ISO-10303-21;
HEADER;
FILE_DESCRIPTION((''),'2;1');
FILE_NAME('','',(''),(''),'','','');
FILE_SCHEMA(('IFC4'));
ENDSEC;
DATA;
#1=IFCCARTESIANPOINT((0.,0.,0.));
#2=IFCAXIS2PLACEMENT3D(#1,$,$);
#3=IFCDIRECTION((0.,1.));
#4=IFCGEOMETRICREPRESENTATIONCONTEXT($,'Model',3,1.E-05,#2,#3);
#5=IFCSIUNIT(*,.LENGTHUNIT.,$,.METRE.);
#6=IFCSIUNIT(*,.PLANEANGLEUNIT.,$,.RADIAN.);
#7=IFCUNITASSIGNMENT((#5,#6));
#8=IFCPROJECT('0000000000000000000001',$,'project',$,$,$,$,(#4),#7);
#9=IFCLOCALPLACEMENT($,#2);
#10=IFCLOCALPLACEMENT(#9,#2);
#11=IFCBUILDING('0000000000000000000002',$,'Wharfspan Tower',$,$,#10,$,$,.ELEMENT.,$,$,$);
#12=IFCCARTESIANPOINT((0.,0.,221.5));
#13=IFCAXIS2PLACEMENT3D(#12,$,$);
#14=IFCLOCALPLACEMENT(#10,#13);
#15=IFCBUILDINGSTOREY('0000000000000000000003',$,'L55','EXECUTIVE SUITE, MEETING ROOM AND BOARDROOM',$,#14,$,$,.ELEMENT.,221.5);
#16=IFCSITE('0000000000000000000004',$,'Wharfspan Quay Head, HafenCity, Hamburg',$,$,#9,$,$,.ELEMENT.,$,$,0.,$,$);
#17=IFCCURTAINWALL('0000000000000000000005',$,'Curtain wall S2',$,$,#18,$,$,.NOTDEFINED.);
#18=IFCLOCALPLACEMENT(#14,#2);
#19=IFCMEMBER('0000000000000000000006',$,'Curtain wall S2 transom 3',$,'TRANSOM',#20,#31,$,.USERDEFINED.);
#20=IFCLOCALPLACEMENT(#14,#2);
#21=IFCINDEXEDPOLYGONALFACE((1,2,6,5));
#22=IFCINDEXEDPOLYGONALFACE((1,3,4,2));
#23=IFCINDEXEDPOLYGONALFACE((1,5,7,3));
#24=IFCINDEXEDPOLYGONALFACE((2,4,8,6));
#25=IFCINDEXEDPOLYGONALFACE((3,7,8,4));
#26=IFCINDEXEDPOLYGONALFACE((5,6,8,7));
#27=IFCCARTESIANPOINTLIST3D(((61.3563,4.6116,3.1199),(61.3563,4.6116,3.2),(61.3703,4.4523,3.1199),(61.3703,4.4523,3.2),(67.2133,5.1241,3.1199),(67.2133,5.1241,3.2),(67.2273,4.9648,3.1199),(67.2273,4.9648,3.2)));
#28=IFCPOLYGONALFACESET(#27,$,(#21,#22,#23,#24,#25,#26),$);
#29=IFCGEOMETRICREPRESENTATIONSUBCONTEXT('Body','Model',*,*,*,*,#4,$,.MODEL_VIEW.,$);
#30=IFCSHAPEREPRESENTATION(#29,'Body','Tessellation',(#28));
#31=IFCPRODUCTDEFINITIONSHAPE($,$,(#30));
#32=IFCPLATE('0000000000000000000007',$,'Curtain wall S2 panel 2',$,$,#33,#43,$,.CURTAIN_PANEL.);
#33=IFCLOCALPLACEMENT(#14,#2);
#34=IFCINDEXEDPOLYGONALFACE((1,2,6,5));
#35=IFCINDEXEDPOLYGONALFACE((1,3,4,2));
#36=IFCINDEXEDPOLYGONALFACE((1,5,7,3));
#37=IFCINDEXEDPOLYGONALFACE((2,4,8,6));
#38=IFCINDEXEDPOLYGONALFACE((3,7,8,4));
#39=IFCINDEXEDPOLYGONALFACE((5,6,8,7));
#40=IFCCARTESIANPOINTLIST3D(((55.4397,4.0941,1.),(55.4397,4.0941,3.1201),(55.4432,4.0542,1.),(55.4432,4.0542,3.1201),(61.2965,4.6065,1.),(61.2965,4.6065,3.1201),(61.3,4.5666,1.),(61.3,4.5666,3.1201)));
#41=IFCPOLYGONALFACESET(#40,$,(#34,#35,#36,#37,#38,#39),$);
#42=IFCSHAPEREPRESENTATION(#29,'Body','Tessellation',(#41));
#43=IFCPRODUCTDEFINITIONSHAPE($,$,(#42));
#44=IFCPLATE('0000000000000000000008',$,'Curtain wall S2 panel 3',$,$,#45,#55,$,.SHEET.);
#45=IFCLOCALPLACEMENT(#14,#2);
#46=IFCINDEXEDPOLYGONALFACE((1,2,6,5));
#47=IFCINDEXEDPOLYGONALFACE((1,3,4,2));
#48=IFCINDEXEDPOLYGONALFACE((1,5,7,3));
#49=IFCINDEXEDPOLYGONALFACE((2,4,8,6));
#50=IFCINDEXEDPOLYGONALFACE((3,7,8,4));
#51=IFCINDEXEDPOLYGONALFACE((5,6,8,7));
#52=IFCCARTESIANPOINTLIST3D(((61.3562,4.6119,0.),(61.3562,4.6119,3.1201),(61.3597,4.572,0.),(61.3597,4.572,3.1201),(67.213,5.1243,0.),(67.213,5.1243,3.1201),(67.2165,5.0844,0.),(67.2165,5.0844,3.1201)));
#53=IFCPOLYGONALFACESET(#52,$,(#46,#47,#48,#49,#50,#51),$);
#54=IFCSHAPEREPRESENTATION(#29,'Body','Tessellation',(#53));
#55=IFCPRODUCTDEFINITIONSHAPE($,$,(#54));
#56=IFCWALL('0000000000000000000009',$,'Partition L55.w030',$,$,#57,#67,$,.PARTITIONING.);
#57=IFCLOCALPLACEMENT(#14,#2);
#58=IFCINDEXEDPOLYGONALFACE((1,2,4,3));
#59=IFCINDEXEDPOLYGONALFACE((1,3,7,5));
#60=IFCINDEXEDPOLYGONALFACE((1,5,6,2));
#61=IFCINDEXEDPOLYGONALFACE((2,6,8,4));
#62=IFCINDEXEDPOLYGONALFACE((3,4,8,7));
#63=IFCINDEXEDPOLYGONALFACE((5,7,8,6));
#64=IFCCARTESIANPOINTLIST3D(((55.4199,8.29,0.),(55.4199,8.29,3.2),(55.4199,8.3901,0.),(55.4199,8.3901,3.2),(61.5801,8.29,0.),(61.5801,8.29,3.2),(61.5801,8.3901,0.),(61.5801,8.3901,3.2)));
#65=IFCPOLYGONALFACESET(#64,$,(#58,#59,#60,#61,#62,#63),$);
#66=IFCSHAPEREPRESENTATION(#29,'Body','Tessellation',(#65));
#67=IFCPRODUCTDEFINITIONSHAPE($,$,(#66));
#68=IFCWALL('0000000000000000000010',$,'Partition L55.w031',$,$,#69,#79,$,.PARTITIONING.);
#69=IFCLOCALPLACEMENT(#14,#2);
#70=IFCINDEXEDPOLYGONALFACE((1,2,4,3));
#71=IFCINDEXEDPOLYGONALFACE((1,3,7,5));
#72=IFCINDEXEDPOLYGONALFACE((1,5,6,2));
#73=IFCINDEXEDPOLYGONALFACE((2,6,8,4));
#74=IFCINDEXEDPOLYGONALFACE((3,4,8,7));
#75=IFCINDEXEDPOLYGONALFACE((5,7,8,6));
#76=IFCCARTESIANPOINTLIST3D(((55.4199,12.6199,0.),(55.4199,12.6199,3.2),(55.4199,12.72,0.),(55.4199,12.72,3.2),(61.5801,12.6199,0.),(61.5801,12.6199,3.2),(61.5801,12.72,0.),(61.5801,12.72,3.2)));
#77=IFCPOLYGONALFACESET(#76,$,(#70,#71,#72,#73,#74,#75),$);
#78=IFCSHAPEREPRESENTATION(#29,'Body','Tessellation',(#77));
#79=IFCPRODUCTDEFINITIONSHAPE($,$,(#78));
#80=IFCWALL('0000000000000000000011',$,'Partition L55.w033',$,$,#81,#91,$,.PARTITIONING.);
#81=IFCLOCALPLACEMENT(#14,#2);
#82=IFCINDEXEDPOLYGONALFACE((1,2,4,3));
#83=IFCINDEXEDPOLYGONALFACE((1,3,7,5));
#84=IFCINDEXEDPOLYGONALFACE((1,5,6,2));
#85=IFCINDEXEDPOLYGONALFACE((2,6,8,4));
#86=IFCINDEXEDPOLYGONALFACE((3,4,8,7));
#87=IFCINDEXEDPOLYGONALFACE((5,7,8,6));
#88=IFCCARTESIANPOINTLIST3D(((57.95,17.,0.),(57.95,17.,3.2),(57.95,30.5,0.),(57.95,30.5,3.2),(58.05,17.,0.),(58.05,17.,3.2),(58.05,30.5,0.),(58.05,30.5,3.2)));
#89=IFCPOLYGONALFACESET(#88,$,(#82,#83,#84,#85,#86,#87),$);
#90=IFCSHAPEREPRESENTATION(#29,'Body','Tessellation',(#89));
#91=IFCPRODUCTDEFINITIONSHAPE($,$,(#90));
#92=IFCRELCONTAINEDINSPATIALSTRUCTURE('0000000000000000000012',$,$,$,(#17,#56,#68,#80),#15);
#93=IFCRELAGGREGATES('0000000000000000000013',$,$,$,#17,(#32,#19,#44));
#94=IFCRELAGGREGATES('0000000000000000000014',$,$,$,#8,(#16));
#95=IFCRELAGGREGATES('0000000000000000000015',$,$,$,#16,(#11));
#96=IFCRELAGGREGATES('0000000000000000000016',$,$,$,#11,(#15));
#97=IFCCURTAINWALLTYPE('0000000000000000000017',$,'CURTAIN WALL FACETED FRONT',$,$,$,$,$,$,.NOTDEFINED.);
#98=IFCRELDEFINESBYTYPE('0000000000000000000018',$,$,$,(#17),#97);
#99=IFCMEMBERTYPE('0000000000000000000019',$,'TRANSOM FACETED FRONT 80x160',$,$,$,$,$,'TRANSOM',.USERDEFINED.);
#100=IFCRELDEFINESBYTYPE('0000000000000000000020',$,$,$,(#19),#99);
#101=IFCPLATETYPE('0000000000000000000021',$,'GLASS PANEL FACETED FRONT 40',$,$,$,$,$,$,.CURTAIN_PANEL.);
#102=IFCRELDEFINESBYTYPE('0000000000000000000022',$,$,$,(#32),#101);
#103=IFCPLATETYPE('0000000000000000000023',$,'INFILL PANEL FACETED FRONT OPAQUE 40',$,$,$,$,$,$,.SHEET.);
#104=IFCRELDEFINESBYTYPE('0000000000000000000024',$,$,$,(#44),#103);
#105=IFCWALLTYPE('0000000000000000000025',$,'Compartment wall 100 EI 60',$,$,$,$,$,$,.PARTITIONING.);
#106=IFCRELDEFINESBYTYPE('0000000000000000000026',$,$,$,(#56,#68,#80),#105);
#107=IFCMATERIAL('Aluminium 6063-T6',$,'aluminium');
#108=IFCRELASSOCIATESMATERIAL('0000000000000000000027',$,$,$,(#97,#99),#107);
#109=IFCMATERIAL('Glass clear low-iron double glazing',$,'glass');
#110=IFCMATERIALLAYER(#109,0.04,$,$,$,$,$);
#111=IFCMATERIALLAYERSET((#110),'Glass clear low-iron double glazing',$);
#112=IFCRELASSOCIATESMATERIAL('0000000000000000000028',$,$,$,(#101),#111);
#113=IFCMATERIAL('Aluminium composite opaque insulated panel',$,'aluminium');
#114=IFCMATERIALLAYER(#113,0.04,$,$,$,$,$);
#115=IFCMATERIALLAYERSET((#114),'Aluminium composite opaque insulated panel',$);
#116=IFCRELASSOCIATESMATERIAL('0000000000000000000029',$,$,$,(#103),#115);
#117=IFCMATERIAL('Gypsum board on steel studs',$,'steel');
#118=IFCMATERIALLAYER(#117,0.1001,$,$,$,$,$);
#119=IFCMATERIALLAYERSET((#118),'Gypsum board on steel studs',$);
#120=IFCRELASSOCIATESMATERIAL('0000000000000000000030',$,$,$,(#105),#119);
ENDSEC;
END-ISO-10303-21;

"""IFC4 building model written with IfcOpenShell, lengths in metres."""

from ifc_helpers import new_model, si_unit, direction, frame, frame_2d, origin, origin_2d, place, context, subcontext, project, spatial, rectangle, extrude, material, layer, layer_set, material_profile, profile_set, type_object, element, aggregate, save


model = new_model("IFC4")

# Units and contexts
model_context = context("Model", 3, precision=1e-05, world=origin(), true_north=direction((0.0, 1.0)))
body_context = subcontext(model_context, "Body", "Model", "MODEL_VIEW")
ifc_project = project(units=[si_unit("LENGTHUNIT", "METRE"), si_unit("PLANEANGLEUNIT", "RADIAN")], contexts=[model_context])

# Site, building, storey
site_placement = place(None, origin())
site = spatial("IfcSite", under=ifc_project, at=site_placement, Name="Wharfspan Quay Head, HafenCity, Hamburg", CompositionType="ELEMENT", RefElevation=0.0)
building_placement = place(site_placement, origin())
building = spatial("IfcBuilding", under=site, at=building_placement, Name="Wharfspan Tower", CompositionType="ELEMENT")
storey_placement = place(building_placement, frame((0.0, 0.0, 221.5)))
storey = spatial("IfcBuildingStorey", under=building, at=storey_placement, Name="L55", Description="EXECUTIVE SUITE, MEETING ROOM AND BOARDROOM", CompositionType="ELEMENT", Elevation=221.5)

# Curtain wall, member, plates
ifc_material_1 = material(Name="Aluminium 6063-T6", Category="aluminium")
curtain_wall_type = type_object("IfcCurtainWallType", Name="CURTAIN WALL FACETED FRONT", PredefinedType="NOTDEFINED", material=ifc_material_1)
curtain_wall_placement = place(storey_placement, origin())
curtain_wall = element("IfcCurtainWall", 1, at=curtain_wall_placement, inside=storey, type_object=curtain_wall_type, Name="Curtain wall S2", PredefinedType="NOTDEFINED")
ifc_material_profile_1 = material_profile(ifc_material_1, rectangle(XDim=0.1599, YDim=0.0801, at=origin_2d()))
ifc_profile_set_1 = profile_set([ifc_material_profile_1], Name="Aluminium 6063-T6")
member_type_1 = type_object("IfcMemberType", Name="TRANSOM FACETED FRONT 80x160", ElementType="TRANSOM", PredefinedType="USERDEFINED", material=ifc_profile_set_1)
member_1_placement = place(storey_placement, frame((61.3633, 4.532, 3.1599), z_axis=(0.996194, 0.087162, 0.0), x_axis=(-0.087162, 0.996194, 0.0)))
member_1 = element("IfcMember", 2, at=member_1_placement, type_object=member_type_1, Name="Curtain wall S2 transom 3", ObjectType="TRANSOM", PredefinedType="USERDEFINED", context=body_context, shape_type="SweptSolid", body=[
    extrude(rectangle(XDim=0.1599, YDim=0.0801, at=origin_2d()), origin(), (0.0, 0.0, 1.0), 5.8794),
])
ifc_material_2 = material(Name="Glass clear low-iron double glazing", Category="glass")
ifc_layer_1 = layer(ifc_material_2, 0.04)
ifc_layer_set_1 = layer_set([ifc_layer_1], Name="Glass clear low-iron double glazing")
plate_type_1 = type_object("IfcPlateType", Name="GLASS PANEL FACETED FRONT 40", PredefinedType="CURTAIN_PANEL", material=ifc_layer_set_1)
plate_1_placement = place(storey_placement, frame((58.3699, 4.3303, 1.0), z_axis=(0.0, 0.0, 1.0), x_axis=(0.996197, 0.087156, 0.0)))
plate_1 = element("IfcPlate", 3, at=plate_1_placement, type_object=plate_type_1, Name="Curtain wall S2 panel 2", PredefinedType="CURTAIN_PANEL", context=body_context, shape_type="SweptSolid", body=[
    extrude(rectangle(XDim=5.8792, YDim=0.04, at=origin_2d()), origin(), (0.0, 0.0, 1.0), 2.1201),
])
ifc_material_3 = material(Name="Aluminium composite opaque insulated panel", Category="aluminium")
ifc_layer_2 = layer(ifc_material_3, 0.04)
ifc_layer_set_2 = layer_set([ifc_layer_2], Name="Aluminium composite opaque insulated panel")
plate_type_2 = type_object("IfcPlateType", Name="INFILL PANEL FACETED FRONT OPAQUE 40", PredefinedType="SHEET", material=ifc_layer_set_2)
plate_2_placement = place(storey_placement, frame((64.2864, 4.8481, 0.0), z_axis=(0.0, 0.0, 1.0), x_axis=(0.996197, 0.087156, 0.0)))
plate_2 = element("IfcPlate", 4, at=plate_2_placement, type_object=plate_type_2, Name="Curtain wall S2 panel 3", PredefinedType="SHEET", context=body_context, shape_type="SweptSolid", body=[
    extrude(rectangle(XDim=5.8792, YDim=0.04, at=origin_2d()), origin(), (0.0, 0.0, 1.0), 3.1201),
])
aggregate(curtain_wall, [plate_1, member_1, plate_2])

# Walls
ifc_material_4 = material(Name="Gypsum board on steel studs", Category="steel")
ifc_layer_3 = layer(ifc_material_4, 0.1001)
ifc_layer_set_3 = layer_set([ifc_layer_3], Name="Gypsum board on steel studs")
wall_type_1 = type_object("IfcWallType", Name="Compartment wall 100 EI 60", PredefinedType="PARTITIONING", material=ifc_layer_set_3)
for number, where, z_axis, x_axis, name in (
    (5, (55.4199, 8.3401, 0.0), (0.0, 0.0, 1.0), (1.0, 0.0, 0.0), "Partition L55.w030"),
    (6, (55.4199, 12.6699, 0.0), (0.0, 0.0, 1.0), (1.0, 0.0, 0.0), "Partition L55.w031"),
):
    element("IfcWall", number, at=place(storey_placement, frame(where, z_axis=z_axis, x_axis=x_axis)), inside=storey, type_object=wall_type_1, Name=name, PredefinedType="PARTITIONING", context=body_context, shape_type="SweptSolid", body=[
        extrude(rectangle(XDim=6.1602, YDim=0.1001, at=frame_2d((3.0801, 0.0))), origin(), (0.0, 0.0, 1.0), 3.2),
    ])
wall_1_placement = place(storey_placement, frame((58.0, 17.0, 0.0), z_axis=(0.0, 0.0, 1.0), x_axis=(0.0, 1.0, 0.0)))
element("IfcWall", 7, at=wall_1_placement, inside=storey, type_object=wall_type_1, Name="Partition L55.w033", PredefinedType="PARTITIONING", context=body_context, shape_type="SweptSolid", body=[
    extrude(rectangle(XDim=13.5, YDim=0.1001, at=frame_2d((6.75, 0.0))), origin(), (0.0, 0.0, 1.0), 3.2),
])

save(model, "model.ifc")
